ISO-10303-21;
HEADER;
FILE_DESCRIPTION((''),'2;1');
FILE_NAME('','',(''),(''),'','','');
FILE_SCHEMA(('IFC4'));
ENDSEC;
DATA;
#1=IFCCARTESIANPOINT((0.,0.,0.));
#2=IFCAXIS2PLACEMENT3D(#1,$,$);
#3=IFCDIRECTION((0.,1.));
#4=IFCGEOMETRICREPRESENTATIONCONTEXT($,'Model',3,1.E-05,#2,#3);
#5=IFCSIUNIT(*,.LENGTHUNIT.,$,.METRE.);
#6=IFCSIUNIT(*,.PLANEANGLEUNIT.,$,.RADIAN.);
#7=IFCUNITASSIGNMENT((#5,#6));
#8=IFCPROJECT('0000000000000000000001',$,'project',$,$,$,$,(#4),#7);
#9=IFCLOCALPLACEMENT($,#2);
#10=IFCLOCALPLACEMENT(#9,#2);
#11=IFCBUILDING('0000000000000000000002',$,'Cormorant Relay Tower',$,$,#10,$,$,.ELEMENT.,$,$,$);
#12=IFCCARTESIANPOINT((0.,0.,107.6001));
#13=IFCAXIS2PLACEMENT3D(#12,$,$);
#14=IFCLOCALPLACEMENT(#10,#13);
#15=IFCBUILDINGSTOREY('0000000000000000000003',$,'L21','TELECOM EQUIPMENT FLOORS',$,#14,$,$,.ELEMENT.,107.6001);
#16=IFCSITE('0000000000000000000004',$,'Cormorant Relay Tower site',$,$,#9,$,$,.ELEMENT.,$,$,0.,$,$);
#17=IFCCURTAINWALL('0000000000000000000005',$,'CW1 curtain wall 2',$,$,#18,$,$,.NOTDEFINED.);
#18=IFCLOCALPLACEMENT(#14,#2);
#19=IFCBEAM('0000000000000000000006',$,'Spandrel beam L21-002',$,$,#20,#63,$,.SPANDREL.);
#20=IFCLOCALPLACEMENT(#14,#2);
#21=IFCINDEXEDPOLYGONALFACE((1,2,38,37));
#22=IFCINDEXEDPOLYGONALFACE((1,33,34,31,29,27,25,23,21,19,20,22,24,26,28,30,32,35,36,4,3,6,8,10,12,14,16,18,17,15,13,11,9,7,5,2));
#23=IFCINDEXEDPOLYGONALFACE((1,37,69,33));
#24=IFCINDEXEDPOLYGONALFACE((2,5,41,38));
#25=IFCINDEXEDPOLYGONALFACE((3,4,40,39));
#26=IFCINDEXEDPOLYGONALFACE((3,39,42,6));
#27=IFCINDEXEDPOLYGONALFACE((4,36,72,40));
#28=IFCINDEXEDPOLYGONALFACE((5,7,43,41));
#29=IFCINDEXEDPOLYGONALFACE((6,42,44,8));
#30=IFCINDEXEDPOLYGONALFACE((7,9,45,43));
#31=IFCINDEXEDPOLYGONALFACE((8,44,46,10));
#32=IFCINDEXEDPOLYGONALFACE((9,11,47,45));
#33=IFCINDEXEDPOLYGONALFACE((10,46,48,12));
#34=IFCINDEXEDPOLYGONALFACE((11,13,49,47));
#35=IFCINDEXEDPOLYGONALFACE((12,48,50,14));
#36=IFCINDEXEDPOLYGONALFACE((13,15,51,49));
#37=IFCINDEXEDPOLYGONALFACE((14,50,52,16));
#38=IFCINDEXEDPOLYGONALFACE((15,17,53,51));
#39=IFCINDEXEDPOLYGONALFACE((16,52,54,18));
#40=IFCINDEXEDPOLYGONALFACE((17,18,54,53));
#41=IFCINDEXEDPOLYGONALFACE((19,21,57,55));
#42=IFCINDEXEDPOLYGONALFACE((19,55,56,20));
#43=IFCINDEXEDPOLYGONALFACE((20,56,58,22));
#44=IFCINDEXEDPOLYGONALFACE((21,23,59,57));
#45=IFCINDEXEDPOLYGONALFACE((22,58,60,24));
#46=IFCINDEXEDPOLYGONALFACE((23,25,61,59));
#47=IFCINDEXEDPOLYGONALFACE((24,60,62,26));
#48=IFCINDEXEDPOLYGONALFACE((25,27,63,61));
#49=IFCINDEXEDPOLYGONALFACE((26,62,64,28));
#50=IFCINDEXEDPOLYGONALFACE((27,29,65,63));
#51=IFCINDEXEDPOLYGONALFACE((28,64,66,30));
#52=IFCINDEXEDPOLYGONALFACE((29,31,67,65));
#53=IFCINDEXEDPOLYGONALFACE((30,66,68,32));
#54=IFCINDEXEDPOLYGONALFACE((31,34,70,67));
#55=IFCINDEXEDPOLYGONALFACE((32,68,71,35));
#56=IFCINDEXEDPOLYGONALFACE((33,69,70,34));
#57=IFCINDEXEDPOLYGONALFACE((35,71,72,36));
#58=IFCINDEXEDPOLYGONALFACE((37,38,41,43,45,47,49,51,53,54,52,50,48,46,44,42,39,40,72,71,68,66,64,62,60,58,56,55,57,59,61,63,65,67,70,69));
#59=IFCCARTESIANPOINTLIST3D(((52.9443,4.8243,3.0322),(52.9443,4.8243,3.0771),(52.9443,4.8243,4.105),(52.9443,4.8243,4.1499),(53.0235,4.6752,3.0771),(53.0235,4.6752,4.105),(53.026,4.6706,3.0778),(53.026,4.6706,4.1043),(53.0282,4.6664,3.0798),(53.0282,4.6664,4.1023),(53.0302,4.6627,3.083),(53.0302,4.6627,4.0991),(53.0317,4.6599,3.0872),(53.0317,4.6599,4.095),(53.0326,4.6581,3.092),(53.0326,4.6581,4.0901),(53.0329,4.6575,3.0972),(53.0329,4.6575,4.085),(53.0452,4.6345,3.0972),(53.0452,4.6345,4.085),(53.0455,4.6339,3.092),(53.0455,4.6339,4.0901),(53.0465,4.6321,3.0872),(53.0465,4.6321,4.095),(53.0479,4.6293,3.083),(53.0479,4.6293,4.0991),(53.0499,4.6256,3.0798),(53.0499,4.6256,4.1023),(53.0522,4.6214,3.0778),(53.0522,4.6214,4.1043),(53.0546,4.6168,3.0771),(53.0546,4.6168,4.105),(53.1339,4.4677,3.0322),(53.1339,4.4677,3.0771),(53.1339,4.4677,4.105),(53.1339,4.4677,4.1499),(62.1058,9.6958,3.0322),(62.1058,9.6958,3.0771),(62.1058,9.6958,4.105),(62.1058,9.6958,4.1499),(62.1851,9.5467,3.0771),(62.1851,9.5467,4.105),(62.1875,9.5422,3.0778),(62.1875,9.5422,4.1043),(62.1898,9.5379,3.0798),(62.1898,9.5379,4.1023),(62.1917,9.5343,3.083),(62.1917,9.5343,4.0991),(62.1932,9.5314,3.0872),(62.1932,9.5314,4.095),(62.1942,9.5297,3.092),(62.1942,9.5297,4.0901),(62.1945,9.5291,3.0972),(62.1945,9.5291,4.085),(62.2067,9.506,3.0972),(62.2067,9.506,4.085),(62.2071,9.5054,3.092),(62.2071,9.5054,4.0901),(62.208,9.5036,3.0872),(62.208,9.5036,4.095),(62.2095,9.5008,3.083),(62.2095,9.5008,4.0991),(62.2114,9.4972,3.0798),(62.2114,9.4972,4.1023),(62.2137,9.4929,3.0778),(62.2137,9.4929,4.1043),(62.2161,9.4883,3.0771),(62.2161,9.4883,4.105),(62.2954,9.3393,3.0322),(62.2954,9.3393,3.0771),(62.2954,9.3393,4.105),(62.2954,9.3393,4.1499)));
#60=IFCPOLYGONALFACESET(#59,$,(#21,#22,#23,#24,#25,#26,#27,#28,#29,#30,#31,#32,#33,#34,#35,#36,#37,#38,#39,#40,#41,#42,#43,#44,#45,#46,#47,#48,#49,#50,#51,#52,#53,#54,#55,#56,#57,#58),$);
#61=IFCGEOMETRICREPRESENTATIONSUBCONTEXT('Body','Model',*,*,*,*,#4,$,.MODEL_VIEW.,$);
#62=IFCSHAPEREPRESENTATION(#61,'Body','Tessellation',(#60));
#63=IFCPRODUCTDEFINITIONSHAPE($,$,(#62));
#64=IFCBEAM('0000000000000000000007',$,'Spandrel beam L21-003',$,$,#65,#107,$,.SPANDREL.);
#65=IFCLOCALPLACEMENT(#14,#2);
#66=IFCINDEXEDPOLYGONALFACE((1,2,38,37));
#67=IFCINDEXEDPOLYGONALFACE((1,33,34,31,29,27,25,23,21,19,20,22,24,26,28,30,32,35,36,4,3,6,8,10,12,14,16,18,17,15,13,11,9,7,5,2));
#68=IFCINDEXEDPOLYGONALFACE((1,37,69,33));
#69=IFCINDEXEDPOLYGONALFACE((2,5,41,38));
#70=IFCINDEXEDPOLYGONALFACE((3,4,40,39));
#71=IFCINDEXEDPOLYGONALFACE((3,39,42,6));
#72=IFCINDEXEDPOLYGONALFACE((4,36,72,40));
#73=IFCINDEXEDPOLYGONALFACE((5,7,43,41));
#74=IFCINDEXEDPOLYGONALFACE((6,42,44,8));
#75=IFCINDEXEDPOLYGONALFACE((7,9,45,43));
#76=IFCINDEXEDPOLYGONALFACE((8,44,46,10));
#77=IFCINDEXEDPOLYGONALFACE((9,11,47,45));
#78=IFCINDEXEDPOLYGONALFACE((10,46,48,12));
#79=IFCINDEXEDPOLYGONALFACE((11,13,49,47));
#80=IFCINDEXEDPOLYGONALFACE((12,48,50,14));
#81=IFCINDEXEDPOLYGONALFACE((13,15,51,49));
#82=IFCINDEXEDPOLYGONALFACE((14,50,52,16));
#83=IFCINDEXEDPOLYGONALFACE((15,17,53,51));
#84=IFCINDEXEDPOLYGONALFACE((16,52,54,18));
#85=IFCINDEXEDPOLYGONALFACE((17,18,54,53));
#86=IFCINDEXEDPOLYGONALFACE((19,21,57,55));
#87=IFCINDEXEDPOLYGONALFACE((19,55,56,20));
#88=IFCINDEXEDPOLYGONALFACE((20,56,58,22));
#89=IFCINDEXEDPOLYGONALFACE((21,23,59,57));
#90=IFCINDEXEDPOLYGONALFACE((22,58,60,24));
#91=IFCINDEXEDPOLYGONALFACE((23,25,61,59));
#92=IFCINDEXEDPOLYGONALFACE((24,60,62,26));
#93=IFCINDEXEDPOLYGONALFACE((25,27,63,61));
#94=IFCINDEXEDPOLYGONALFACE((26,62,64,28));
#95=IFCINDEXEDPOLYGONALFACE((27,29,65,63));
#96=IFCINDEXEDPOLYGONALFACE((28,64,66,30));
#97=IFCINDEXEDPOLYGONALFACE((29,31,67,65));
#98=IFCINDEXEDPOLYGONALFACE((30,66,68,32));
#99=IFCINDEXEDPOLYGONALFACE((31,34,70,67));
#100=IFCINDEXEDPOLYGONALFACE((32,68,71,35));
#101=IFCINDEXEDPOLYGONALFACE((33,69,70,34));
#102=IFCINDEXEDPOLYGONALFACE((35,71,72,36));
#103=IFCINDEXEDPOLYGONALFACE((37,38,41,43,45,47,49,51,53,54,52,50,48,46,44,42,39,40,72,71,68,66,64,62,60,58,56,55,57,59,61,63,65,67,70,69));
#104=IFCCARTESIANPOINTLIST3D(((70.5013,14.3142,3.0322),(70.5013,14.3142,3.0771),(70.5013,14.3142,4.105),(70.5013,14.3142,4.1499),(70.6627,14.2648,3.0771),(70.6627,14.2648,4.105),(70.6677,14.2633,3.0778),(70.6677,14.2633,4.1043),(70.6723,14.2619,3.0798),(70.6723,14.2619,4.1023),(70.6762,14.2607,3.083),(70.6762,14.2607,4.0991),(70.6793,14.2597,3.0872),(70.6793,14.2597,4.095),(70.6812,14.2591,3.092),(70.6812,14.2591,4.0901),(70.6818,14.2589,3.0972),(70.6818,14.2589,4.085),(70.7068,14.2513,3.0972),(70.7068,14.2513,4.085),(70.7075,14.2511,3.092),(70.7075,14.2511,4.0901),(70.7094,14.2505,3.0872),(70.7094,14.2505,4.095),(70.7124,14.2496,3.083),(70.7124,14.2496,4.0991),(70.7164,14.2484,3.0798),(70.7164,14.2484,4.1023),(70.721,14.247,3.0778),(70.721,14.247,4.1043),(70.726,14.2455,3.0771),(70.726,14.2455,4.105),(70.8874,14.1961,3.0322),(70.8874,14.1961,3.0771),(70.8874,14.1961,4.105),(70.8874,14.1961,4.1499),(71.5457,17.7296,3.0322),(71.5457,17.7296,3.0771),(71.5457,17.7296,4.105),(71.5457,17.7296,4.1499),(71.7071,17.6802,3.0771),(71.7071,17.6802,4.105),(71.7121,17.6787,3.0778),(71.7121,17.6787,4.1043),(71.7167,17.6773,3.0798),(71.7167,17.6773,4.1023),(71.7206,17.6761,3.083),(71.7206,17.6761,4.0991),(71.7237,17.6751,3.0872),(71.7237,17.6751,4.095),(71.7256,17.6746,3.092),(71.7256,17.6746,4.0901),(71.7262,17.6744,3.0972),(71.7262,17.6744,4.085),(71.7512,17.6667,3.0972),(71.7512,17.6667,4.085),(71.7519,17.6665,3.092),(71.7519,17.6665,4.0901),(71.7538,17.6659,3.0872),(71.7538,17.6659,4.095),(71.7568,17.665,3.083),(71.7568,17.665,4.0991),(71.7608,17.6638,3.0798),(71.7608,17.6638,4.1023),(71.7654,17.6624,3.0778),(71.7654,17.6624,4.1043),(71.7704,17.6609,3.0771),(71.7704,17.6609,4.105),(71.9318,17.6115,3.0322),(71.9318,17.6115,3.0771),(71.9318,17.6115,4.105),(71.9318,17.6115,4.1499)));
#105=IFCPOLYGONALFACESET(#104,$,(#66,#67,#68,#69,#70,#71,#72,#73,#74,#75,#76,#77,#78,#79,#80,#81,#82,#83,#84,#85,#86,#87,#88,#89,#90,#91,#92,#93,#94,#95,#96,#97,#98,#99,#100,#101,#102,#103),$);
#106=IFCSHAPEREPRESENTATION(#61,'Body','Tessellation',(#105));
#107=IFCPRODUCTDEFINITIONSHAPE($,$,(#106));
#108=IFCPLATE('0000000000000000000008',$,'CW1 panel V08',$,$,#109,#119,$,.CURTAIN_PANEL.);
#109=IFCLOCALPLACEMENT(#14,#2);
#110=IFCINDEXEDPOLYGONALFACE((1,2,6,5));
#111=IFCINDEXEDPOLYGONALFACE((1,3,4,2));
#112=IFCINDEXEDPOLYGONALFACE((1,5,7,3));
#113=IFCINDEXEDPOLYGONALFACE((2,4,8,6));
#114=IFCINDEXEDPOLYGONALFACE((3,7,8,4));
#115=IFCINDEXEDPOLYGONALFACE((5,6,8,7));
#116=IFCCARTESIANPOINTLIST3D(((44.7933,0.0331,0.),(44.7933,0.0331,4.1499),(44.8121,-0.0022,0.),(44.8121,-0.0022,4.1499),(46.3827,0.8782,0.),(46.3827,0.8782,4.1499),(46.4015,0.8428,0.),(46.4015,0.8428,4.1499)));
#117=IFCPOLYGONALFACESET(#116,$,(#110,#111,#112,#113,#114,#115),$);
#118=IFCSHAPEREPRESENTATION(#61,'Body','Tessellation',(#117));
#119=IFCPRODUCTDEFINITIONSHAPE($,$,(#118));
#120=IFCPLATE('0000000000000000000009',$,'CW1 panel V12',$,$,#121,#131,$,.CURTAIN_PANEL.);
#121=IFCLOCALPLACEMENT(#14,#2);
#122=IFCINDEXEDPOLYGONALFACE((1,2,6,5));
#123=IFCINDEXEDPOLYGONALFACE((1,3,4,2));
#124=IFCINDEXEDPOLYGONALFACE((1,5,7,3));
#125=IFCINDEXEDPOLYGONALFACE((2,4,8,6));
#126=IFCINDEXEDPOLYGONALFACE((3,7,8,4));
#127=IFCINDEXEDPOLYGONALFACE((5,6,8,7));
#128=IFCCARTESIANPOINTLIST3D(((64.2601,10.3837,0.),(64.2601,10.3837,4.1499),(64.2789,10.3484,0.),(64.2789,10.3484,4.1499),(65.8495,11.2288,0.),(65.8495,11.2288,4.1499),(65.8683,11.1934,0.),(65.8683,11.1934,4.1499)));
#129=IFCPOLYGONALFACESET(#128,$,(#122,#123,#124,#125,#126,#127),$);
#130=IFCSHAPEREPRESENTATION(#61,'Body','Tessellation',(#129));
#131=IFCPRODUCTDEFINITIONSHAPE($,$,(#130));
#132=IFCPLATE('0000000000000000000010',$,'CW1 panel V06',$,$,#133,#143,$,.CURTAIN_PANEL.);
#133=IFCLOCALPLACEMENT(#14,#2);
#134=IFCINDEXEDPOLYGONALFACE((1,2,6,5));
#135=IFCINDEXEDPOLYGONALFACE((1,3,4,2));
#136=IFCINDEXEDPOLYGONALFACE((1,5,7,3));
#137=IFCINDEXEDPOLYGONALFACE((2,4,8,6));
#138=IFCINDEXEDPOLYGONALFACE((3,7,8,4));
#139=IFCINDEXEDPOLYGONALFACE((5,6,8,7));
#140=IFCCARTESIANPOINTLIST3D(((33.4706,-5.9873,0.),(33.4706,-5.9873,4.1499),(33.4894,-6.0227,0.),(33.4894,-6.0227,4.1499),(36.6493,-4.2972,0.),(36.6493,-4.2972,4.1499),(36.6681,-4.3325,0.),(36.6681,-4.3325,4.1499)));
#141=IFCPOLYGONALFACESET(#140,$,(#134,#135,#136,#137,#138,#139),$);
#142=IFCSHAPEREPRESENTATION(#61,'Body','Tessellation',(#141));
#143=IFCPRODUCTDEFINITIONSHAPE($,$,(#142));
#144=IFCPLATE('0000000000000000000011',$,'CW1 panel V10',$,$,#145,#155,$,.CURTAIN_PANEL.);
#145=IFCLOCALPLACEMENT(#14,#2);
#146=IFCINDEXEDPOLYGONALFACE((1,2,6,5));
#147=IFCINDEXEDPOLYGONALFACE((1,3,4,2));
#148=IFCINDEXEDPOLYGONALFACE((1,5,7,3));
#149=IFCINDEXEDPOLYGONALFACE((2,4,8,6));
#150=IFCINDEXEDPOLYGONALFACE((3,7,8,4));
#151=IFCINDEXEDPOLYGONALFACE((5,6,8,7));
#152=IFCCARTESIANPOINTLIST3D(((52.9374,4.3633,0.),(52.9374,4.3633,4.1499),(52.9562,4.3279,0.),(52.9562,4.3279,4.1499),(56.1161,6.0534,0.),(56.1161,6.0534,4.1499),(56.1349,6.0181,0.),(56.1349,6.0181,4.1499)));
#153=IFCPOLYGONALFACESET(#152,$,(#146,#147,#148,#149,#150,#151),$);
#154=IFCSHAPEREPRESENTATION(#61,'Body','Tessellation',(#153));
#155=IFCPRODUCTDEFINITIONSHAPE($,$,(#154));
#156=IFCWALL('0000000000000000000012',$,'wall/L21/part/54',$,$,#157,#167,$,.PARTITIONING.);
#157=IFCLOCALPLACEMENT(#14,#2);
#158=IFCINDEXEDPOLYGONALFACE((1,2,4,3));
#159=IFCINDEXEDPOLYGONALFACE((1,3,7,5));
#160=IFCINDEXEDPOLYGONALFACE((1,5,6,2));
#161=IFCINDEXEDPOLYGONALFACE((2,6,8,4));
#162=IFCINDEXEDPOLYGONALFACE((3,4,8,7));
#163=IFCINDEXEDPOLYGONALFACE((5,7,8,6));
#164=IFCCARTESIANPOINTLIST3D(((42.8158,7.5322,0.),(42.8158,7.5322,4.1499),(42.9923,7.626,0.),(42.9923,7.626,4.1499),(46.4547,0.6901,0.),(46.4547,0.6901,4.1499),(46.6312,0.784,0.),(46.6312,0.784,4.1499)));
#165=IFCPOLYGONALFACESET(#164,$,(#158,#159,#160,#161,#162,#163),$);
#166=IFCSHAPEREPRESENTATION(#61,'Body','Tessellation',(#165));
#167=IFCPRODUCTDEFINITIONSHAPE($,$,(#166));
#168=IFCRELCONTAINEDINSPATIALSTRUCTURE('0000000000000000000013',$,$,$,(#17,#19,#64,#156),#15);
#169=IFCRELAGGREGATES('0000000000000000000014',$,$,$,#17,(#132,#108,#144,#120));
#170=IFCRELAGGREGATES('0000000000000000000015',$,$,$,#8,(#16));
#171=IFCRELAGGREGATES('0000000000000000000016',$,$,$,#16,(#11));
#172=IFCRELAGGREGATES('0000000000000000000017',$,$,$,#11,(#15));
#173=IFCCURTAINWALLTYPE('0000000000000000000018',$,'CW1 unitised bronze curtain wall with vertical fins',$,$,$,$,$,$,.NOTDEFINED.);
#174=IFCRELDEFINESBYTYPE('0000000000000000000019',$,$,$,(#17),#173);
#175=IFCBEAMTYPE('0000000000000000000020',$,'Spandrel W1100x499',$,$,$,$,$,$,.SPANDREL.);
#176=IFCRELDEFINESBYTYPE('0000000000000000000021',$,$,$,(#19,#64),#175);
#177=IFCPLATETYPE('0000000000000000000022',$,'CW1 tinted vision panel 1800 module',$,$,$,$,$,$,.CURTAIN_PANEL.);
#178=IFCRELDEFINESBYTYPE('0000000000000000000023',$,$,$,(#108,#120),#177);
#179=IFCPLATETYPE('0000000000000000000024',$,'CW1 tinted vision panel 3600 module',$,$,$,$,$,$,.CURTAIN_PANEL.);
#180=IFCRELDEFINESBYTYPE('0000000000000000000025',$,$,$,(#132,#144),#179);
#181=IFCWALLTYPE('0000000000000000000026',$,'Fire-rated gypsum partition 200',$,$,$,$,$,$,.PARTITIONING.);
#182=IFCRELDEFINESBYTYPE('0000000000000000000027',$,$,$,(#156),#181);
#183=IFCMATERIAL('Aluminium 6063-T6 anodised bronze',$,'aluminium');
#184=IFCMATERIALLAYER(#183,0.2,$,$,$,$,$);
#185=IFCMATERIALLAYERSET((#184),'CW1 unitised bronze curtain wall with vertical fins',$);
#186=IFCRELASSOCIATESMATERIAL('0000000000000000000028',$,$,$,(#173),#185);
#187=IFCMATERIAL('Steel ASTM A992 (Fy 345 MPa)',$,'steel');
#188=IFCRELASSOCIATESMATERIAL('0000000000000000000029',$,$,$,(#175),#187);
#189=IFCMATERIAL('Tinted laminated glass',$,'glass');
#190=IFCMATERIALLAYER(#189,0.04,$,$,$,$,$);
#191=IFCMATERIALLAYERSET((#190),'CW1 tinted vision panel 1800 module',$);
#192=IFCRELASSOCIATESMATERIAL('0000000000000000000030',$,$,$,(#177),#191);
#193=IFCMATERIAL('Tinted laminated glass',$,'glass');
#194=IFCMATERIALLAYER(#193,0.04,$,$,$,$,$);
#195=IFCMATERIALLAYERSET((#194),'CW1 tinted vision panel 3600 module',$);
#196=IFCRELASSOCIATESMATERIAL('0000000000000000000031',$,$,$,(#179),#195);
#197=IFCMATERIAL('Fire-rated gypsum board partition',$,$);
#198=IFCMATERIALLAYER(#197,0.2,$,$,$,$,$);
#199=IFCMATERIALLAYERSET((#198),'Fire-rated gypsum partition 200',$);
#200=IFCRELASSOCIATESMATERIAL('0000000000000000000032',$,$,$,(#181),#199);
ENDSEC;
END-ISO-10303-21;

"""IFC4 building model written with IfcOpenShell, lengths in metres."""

from ifc_helpers import new_model, si_unit, direction, frame, frame_2d, origin, origin_2d, place, context, subcontext, project, spatial, rectangle, i_section, extrude, material, layer, layer_set, material_profile, profile_set, type_object, element, aggregate, save


model = new_model("IFC4")

# Units and contexts
model_context = context("Model", 3, precision=1e-05, world=origin(), true_north=direction((0.0, 1.0)))
body_context = subcontext(model_context, "Body", "Model", "MODEL_VIEW")
ifc_project = project(units=[si_unit("LENGTHUNIT", "METRE"), si_unit("PLANEANGLEUNIT", "RADIAN")], contexts=[model_context])

# Site, building, storey
site_placement = place(None, origin())
site = spatial("IfcSite", under=ifc_project, at=site_placement, Name="Cormorant Relay Tower site", CompositionType="ELEMENT", RefElevation=0.0)
building_placement = place(site_placement, origin())
building = spatial("IfcBuilding", under=site, at=building_placement, Name="Cormorant Relay Tower", CompositionType="ELEMENT")
storey_placement = place(building_placement, frame((0.0, 0.0, 107.6001)))
storey = spatial("IfcBuildingStorey", under=building, at=storey_placement, Name="L21", Description="TELECOM EQUIPMENT FLOORS", CompositionType="ELEMENT", Elevation=107.6001)

# Curtain wall
ifc_material_1 = material(Name="Aluminium 6063-T6 anodised bronze", Category="aluminium")
ifc_layer_1 = layer(ifc_material_1, 0.2)
ifc_layer_set_1 = layer_set([ifc_layer_1], Name="CW1 unitised bronze curtain wall with vertical fins")
curtain_wall_type = type_object("IfcCurtainWallType", Name="CW1 unitised bronze curtain wall with vertical fins", PredefinedType="NOTDEFINED", material=ifc_layer_set_1)
curtain_wall_1_placement = place(storey_placement, origin())
curtain_wall_1 = element("IfcCurtainWall", 1, at=curtain_wall_1_placement, inside=storey, type_object=curtain_wall_type, Name="CW1 curtain wall 2", PredefinedType="NOTDEFINED")

# Beams
ifc_material_2 = material(Name="Steel ASTM A992 (Fy 345 MPa)", Category="steel")
ifc_material_profile_1 = material_profile(ifc_material_2, i_section(OverallWidth=0.4038, OverallDepth=1.1177, WebThickness=0.0261, FlangeThickness=0.0449, FilletRadius=0.02, at=origin_2d()), Name="W1100x499")
ifc_profile_set_1 = profile_set([ifc_material_profile_1], Name="Steel ASTM A992 (Fy 345 MPa)")
beam_type = type_object("IfcBeamType", Name="Spandrel W1100x499", PredefinedType="SPANDREL", material=ifc_profile_set_1)
beam_1_placement = place(storey_placement, frame((53.0391, 4.646, 3.5911), z_axis=(0.882937, 0.469491, 0.0), x_axis=(-0.469491, 0.882937, 0.0)))
element("IfcBeam", 2, at=beam_1_placement, inside=storey, type_object=beam_type, Name="Spandrel beam L21-002", PredefinedType="SPANDREL", context=body_context, shape_type="SweptSolid", body=[
    extrude(i_section(OverallWidth=0.4038, OverallDepth=1.1177, WebThickness=0.0261, FlangeThickness=0.0449, FilletRadius=0.02, at=origin_2d()), origin(), (0.0, 0.0, 1.0), 10.3762),
])
beam_2_placement = place(storey_placement, frame((70.6943, 14.2551, 3.5911), z_axis=(0.292423, 0.956289, 0.0), x_axis=(-0.956289, 0.292423, 0.0)))
element("IfcBeam", 3, at=beam_2_placement, inside=storey, type_object=beam_type, Name="Spandrel beam L21-003", PredefinedType="SPANDREL", context=body_context, shape_type="SweptSolid", body=[
    extrude(i_section(OverallWidth=0.4038, OverallDepth=1.1177, WebThickness=0.0261, FlangeThickness=0.0449, FilletRadius=0.02, at=origin_2d()), origin(), (0.0, 0.0, 1.0), 3.5715),
])

# Plates
ifc_material_3 = material(Name="Tinted laminated glass", Category="glass")
ifc_layer_2 = layer(ifc_material_3, 0.04)
ifc_layer_set_2 = layer_set([ifc_layer_2], Name="CW1 tinted vision panel 1800 module")
plate_type_1 = type_object("IfcPlateType", Name="CW1 tinted vision panel 1800 module", PredefinedType="CURTAIN_PANEL", material=ifc_layer_set_2)
plate_1_placement = place(storey_placement, frame((45.5974, 0.438, 0.0), z_axis=(0.0, 0.0, 1.0), x_axis=(0.882948, 0.469472, 0.0)))
plate_1 = element("IfcPlate", 4, at=plate_1_placement, type_object=plate_type_1, Name="CW1 panel V08", PredefinedType="CURTAIN_PANEL", context=body_context, shape_type="SweptSolid", body=[
    extrude(rectangle(XDim=1.8, YDim=0.04, at=origin_2d()), origin(), (0.0, 0.0, 1.0), 4.1499),
])
plate_2_placement = place(storey_placement, frame((65.0642, 10.7886, 0.0), z_axis=(0.0, 0.0, 1.0), x_axis=(0.882948, 0.469472, 0.0)))
plate_2 = element("IfcPlate", 5, at=plate_2_placement, type_object=plate_type_1, Name="CW1 panel V12", PredefinedType="CURTAIN_PANEL", context=body_context, shape_type="SweptSolid", body=[
    extrude(rectangle(XDim=1.8, YDim=0.04, at=origin_2d()), origin(), (0.0, 0.0, 1.0), 4.1499),
])
ifc_material_4 = material(Name="Tinted laminated glass", Category="glass")
ifc_layer_3 = layer(ifc_material_4, 0.04)
ifc_layer_set_3 = layer_set([ifc_layer_3], Name="CW1 tinted vision panel 3600 module")
plate_type_2 = type_object("IfcPlateType", Name="CW1 tinted vision panel 3600 module", PredefinedType="CURTAIN_PANEL", material=ifc_layer_set_3)
plate_3_placement = place(storey_placement, frame((35.0693, -5.1599, 0.0), z_axis=(0.0, 0.0, 1.0), x_axis=(0.882948, 0.469472, 0.0)))
plate_3 = element("IfcPlate", 6, at=plate_3_placement, type_object=plate_type_2, Name="CW1 panel V06", PredefinedType="CURTAIN_PANEL", context=body_context, shape_type="SweptSolid", body=[
    extrude(rectangle(XDim=3.6001, YDim=0.04, at=origin_2d()), origin(), (0.0, 0.0, 1.0), 4.1499),
])
plate_4_placement = place(storey_placement, frame((54.5361, 5.1907, 0.0), z_axis=(0.0, 0.0, 1.0), x_axis=(0.882948, 0.469472, 0.0)))
plate_4 = element("IfcPlate", 7, at=plate_4_placement, type_object=plate_type_2, Name="CW1 panel V10", PredefinedType="CURTAIN_PANEL", context=body_context, shape_type="SweptSolid", body=[
    extrude(rectangle(XDim=3.6001, YDim=0.04, at=origin_2d()), origin(), (0.0, 0.0, 1.0), 4.1499),
])

# Wall
ifc_material_5 = material(Name="Fire-rated gypsum board partition")
ifc_layer_4 = layer(ifc_material_5, 0.2)
ifc_layer_set_4 = layer_set([ifc_layer_4], Name="Fire-rated gypsum partition 200")
wall_type_1 = type_object("IfcWallType", Name="Fire-rated gypsum partition 200", PredefinedType="PARTITIONING", material=ifc_layer_set_4)
wall_1_placement = place(storey_placement, frame((42.9041, 7.5791, 0.0), z_axis=(0.0, 0.0, 1.0), x_axis=(0.469566, -0.882897, 0.0)))
element("IfcWall", 8, at=wall_1_placement, inside=storey, type_object=wall_type_1, Name="wall/L21/part/54", PredefinedType="PARTITIONING", context=body_context, shape_type="SweptSolid", body=[
    extrude(rectangle(XDim=7.7495, YDim=0.2, at=frame_2d((3.8748, 0.0))), origin(), (0.0, 0.0, 1.0), 4.1499),
])

aggregate(curtain_wall_1, [plate_3, plate_1, plate_4, plate_2])

save(model, "model.ifc")
